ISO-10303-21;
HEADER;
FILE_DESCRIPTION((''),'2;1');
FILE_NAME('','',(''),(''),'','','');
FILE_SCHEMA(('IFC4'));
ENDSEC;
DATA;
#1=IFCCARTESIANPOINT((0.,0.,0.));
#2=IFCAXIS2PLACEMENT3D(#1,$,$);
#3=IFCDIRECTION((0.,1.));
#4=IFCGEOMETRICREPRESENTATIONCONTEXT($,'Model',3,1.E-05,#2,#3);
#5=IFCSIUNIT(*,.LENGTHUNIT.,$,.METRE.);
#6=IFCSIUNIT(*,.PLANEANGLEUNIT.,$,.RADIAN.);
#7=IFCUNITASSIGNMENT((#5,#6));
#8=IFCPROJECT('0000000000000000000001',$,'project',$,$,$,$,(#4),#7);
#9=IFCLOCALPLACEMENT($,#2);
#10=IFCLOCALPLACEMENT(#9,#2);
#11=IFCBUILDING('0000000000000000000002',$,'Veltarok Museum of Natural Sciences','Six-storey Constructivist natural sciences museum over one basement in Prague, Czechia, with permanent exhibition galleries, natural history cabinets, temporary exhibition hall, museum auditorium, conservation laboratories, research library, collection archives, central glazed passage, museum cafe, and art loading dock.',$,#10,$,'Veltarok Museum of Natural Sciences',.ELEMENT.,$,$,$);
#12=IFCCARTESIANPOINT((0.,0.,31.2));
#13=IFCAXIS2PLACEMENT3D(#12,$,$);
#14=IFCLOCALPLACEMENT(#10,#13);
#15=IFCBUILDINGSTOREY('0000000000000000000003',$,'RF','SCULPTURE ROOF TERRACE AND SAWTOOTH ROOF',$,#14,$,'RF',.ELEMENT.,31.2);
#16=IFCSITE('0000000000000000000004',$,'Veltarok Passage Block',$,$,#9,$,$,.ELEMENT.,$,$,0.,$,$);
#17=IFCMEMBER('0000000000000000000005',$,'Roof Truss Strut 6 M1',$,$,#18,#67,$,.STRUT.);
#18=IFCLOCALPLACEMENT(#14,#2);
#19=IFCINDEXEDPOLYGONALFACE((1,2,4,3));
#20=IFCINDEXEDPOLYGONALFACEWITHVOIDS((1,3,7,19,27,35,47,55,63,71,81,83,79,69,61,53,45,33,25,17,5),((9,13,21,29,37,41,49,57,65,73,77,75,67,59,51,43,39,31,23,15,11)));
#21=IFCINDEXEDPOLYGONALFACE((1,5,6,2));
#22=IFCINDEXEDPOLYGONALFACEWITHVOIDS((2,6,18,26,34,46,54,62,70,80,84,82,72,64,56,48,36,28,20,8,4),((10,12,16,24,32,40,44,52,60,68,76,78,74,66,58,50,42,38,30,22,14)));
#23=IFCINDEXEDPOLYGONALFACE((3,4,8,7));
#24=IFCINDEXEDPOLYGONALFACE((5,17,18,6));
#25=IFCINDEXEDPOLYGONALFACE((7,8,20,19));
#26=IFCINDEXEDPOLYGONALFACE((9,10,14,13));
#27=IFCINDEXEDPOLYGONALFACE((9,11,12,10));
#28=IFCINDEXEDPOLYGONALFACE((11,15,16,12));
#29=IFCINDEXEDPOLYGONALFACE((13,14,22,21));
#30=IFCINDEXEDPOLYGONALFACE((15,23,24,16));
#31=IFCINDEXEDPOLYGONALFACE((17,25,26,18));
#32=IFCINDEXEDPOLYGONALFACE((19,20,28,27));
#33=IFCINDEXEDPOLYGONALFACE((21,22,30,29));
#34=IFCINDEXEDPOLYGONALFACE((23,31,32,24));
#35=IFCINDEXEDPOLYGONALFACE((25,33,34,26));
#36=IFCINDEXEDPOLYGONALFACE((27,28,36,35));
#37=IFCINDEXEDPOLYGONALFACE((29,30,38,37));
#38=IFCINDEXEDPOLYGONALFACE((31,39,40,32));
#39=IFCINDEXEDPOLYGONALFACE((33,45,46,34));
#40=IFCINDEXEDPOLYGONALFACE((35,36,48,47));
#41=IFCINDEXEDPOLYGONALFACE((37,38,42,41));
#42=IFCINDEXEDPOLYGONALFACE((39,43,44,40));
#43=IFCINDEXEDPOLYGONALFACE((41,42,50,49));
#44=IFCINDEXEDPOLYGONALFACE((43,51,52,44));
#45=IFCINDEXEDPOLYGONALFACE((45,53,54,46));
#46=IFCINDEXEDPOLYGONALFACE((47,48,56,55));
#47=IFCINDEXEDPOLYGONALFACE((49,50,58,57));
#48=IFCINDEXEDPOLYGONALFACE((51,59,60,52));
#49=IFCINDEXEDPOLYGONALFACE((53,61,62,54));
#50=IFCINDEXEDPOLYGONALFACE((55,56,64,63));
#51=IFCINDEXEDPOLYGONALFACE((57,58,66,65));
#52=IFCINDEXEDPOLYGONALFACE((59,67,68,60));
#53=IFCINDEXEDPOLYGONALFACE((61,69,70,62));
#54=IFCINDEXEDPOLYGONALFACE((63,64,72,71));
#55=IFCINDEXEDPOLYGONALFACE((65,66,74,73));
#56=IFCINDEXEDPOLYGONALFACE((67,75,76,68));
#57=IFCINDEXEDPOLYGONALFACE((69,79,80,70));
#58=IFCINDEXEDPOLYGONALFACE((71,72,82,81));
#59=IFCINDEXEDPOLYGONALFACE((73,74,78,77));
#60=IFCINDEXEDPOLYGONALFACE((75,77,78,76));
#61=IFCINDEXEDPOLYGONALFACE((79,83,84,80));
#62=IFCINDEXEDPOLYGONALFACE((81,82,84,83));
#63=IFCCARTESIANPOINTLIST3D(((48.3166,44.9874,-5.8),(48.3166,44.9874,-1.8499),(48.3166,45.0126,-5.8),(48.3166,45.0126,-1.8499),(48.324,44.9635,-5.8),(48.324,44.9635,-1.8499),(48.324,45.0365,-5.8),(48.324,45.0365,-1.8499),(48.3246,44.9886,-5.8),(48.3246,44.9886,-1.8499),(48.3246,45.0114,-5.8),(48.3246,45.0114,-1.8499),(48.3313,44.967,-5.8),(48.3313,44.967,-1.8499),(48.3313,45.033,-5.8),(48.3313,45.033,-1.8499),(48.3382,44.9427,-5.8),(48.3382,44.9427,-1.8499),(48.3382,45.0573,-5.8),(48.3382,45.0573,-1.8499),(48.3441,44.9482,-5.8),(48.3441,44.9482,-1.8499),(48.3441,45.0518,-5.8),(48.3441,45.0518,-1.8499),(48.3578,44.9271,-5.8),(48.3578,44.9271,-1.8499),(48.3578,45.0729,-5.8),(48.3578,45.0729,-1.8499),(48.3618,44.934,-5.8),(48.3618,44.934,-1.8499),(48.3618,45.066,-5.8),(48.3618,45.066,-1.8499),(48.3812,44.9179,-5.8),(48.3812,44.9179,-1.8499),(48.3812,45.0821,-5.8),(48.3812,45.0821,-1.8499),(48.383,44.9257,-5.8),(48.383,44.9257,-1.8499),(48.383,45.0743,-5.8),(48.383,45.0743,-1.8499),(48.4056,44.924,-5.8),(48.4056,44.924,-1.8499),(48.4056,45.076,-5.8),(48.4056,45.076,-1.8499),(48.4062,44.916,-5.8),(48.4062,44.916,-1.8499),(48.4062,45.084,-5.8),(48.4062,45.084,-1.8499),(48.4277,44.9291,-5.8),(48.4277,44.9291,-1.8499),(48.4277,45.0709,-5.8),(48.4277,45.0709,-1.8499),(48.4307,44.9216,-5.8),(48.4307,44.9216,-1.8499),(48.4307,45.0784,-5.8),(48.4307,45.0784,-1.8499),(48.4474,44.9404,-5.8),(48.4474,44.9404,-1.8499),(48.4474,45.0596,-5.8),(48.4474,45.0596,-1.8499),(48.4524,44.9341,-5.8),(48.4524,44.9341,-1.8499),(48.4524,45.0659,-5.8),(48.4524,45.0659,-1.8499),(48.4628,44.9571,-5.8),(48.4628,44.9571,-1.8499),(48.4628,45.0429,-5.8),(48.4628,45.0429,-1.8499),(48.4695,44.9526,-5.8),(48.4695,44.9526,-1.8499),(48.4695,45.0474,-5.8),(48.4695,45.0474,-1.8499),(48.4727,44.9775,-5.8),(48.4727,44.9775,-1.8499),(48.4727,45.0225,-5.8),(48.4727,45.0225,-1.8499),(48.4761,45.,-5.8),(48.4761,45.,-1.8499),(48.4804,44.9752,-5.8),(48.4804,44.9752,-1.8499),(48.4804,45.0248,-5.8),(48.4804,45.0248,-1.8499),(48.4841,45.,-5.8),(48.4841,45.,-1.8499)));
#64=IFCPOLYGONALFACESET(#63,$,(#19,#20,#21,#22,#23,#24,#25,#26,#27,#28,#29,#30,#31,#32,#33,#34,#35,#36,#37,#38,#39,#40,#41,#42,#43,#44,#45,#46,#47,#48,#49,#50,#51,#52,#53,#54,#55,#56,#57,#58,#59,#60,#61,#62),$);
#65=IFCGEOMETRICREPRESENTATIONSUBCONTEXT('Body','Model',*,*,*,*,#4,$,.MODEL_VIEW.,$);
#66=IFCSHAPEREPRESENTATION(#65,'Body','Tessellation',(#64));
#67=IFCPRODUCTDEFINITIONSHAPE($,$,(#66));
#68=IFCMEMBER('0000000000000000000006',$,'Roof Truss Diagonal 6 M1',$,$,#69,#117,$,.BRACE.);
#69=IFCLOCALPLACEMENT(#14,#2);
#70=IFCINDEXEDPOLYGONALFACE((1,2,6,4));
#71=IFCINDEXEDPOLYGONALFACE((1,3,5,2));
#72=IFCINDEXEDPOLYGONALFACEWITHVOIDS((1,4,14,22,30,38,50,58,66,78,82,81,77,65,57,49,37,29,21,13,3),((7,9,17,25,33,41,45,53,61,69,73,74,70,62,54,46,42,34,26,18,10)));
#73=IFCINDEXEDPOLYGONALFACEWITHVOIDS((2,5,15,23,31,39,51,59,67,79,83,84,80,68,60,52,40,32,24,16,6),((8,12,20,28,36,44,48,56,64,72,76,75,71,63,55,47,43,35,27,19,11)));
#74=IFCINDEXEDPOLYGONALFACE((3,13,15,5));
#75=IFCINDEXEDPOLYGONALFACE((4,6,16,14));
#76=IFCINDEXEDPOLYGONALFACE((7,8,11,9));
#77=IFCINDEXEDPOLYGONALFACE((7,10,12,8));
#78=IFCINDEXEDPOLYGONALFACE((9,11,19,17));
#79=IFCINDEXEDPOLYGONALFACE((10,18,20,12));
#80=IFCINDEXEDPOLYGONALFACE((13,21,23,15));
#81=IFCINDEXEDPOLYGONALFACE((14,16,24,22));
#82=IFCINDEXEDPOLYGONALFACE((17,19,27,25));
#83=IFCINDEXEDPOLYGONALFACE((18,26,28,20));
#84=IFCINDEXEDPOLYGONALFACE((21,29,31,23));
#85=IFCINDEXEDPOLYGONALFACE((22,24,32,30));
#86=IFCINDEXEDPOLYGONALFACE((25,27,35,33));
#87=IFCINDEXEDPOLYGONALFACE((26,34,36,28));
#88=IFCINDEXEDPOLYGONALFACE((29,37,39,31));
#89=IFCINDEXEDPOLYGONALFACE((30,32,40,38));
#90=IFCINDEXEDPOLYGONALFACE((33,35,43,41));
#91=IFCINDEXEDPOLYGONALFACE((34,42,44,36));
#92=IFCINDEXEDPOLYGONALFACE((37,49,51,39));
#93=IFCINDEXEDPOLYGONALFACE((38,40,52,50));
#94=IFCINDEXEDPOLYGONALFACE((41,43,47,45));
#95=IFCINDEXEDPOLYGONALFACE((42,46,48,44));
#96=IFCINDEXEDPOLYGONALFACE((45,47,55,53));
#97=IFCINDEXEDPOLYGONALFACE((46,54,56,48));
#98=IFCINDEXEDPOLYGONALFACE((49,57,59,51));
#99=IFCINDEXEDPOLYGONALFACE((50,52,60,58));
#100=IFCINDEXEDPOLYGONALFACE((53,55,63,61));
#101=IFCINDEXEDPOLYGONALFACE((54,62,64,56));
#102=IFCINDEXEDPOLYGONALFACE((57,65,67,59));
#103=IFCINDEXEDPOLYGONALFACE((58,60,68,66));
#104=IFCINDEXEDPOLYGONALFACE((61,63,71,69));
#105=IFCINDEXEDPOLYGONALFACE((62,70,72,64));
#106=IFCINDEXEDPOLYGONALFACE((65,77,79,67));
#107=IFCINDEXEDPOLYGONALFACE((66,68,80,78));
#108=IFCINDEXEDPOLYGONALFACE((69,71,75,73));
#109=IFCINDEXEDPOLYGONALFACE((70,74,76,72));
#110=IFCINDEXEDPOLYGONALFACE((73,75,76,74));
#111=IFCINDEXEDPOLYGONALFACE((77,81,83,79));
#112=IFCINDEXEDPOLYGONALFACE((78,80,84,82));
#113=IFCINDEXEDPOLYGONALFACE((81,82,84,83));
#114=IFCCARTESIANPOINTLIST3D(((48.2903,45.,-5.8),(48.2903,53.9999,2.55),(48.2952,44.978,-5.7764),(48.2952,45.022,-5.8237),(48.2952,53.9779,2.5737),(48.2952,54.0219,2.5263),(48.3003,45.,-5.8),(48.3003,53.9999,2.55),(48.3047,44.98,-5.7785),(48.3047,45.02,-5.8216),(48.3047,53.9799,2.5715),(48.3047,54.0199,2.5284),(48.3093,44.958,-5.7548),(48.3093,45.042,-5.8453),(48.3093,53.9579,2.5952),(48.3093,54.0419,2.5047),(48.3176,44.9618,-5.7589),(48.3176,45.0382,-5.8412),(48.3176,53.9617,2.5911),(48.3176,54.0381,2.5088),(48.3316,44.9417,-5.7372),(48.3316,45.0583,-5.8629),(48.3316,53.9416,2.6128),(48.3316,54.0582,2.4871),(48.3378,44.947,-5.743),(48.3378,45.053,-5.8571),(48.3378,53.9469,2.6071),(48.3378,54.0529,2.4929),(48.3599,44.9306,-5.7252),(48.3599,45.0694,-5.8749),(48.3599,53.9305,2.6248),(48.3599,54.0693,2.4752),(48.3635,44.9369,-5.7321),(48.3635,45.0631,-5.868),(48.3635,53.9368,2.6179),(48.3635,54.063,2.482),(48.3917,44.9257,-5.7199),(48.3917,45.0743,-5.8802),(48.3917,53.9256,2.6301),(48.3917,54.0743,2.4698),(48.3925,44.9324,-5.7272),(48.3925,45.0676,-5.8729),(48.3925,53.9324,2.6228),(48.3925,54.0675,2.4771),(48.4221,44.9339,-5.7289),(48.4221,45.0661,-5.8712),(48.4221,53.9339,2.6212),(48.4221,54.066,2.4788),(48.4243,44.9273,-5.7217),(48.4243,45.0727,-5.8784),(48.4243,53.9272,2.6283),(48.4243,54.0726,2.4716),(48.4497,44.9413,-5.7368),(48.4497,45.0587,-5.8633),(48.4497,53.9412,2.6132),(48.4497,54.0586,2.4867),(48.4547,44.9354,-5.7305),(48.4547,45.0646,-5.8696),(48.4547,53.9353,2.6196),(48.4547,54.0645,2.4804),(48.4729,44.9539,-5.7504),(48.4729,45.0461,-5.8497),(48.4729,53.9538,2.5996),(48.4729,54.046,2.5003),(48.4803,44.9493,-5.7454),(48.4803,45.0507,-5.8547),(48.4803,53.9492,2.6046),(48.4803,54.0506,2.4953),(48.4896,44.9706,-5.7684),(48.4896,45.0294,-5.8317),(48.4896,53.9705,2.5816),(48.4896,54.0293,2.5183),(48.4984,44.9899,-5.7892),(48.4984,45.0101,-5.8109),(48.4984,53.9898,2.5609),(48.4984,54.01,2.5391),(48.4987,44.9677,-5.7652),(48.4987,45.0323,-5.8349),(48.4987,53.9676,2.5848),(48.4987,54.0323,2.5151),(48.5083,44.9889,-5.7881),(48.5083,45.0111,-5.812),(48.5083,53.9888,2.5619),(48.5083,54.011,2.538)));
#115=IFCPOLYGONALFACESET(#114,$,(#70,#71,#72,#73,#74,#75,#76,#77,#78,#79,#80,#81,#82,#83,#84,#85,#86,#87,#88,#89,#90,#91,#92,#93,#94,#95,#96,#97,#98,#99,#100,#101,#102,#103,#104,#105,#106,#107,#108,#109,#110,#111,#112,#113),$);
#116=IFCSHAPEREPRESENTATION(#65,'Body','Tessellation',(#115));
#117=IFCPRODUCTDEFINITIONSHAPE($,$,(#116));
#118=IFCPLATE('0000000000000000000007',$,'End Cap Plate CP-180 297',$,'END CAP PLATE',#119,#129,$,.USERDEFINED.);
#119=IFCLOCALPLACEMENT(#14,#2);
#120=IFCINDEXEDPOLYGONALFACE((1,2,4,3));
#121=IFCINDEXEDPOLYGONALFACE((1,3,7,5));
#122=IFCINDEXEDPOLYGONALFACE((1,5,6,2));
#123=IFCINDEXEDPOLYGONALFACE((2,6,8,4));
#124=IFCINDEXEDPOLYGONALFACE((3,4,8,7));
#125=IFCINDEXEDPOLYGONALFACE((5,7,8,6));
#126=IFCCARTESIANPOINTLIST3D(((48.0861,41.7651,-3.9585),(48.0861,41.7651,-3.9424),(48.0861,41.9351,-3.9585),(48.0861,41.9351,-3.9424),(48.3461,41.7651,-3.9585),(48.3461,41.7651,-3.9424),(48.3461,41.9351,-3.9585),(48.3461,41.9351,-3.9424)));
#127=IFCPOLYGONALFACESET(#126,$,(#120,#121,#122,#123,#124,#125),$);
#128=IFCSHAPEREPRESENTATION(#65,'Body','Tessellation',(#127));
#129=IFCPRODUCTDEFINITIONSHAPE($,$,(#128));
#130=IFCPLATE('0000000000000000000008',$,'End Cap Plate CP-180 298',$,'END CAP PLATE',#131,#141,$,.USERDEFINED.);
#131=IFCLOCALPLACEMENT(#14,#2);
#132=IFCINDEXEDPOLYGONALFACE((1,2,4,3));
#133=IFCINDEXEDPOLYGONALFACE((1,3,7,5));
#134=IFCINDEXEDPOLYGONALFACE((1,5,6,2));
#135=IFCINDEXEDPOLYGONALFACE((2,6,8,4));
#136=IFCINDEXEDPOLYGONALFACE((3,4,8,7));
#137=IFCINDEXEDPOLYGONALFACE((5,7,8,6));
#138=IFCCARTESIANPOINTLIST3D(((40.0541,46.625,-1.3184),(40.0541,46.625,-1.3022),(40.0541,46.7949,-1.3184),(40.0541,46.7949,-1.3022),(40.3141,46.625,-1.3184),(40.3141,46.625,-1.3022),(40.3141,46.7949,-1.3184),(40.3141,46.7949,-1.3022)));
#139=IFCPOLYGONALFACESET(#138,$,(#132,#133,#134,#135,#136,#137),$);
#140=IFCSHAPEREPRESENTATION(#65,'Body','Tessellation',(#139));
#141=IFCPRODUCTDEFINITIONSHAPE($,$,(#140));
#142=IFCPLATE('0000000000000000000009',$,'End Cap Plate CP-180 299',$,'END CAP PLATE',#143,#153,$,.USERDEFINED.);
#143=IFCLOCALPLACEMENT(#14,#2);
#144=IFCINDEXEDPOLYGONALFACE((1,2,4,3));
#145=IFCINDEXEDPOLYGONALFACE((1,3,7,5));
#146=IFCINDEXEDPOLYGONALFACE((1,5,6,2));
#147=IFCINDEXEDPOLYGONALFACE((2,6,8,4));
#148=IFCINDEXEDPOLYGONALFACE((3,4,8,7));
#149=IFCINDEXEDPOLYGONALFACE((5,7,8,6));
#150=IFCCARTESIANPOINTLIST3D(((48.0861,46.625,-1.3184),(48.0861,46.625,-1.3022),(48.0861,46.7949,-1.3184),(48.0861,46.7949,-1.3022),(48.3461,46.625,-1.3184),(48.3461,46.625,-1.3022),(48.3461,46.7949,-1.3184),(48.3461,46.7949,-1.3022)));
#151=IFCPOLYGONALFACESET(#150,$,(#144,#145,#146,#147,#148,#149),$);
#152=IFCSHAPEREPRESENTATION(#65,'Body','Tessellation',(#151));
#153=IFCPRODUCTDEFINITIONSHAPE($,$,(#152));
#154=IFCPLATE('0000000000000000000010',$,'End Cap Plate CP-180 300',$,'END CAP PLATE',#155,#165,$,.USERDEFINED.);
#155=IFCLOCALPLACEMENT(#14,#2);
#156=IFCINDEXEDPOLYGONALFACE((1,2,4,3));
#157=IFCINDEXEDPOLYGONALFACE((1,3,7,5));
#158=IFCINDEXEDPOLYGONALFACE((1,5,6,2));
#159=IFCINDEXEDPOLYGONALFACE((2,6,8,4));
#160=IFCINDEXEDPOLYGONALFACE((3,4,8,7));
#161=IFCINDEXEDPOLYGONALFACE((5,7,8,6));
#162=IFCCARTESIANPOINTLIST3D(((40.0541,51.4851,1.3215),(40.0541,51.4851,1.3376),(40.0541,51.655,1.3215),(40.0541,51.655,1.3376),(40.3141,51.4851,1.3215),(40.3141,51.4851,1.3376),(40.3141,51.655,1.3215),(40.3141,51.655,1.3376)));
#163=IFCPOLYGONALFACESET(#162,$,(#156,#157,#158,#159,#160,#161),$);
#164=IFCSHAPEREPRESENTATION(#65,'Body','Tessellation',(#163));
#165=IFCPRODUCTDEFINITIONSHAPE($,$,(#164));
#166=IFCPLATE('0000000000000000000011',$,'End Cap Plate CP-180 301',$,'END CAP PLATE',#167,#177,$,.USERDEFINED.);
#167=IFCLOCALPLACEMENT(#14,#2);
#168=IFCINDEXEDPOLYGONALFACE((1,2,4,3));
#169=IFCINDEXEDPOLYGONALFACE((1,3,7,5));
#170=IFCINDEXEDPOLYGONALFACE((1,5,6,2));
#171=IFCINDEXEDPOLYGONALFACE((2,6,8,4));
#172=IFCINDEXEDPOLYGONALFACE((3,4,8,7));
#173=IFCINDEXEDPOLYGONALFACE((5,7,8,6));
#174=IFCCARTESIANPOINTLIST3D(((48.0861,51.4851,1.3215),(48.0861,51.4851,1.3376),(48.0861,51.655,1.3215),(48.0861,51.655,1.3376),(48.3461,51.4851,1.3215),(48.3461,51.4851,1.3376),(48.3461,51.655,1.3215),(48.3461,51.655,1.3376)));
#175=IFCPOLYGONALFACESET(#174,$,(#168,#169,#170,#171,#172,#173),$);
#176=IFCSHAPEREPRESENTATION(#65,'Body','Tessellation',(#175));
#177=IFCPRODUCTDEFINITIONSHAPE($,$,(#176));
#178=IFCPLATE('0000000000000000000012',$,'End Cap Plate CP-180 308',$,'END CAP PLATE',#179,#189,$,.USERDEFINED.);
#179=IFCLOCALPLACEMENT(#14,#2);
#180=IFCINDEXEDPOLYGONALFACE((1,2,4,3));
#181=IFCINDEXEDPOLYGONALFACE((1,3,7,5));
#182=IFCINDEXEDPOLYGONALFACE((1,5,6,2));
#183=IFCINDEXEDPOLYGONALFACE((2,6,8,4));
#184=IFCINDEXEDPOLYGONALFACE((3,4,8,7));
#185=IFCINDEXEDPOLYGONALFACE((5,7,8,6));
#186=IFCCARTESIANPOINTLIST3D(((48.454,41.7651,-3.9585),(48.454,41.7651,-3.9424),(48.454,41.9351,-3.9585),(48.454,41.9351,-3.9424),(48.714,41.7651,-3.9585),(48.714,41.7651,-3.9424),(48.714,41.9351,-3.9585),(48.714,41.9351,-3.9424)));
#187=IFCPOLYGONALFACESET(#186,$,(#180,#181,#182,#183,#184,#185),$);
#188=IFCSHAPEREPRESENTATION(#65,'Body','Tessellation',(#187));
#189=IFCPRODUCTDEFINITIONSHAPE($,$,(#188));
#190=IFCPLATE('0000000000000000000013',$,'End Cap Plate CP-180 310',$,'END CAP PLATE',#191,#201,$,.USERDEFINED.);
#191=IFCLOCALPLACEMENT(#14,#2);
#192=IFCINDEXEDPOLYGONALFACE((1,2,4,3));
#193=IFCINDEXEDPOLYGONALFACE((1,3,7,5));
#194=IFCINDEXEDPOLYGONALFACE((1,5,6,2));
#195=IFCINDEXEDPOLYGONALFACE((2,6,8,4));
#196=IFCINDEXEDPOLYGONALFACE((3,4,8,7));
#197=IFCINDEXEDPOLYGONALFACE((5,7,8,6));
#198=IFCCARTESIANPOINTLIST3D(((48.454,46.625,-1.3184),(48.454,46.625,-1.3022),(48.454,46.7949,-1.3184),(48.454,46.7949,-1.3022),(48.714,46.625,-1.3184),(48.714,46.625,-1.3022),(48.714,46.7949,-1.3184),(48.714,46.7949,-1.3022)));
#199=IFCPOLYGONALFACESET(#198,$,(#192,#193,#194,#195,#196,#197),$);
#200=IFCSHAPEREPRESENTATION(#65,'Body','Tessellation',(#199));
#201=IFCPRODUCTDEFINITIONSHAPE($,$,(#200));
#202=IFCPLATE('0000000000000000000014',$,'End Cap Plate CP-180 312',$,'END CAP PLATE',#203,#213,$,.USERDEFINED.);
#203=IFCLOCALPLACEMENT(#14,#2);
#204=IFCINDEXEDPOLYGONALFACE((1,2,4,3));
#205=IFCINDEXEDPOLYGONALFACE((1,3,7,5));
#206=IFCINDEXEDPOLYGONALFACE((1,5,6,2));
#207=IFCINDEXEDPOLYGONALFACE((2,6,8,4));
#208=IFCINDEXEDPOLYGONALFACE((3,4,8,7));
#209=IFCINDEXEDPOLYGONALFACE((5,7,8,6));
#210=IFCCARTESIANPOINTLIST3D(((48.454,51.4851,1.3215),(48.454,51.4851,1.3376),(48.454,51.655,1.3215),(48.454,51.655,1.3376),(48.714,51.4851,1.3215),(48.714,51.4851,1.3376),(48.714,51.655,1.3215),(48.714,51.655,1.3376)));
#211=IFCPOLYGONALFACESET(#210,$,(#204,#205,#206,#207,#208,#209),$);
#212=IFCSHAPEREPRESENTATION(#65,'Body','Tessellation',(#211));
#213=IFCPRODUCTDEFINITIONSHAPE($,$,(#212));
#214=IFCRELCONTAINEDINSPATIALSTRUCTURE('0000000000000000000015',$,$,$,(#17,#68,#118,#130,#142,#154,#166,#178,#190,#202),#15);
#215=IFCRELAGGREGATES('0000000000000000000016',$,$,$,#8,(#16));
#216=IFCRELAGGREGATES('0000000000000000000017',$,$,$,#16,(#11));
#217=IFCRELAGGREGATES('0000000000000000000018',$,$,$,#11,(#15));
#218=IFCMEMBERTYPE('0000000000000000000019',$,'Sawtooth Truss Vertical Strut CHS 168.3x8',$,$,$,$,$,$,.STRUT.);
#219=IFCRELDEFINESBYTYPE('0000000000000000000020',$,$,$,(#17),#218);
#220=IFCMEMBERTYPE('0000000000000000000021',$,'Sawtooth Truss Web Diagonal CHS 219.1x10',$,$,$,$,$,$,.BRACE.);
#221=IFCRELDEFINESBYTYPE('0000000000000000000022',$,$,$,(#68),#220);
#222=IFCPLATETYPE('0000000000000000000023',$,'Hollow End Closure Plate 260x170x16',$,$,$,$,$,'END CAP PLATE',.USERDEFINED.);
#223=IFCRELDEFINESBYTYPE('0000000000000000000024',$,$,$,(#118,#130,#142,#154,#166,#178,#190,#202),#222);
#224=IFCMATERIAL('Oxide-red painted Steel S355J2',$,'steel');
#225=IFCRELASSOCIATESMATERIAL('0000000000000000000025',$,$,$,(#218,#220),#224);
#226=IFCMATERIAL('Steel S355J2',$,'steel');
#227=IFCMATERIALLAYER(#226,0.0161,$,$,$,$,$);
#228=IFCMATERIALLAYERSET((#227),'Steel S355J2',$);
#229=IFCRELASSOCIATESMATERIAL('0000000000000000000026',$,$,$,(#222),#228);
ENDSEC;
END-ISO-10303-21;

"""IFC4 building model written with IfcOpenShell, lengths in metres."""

from ifc_helpers import new_model, si_unit, direction, frame, origin, origin_2d, place, context, subcontext, project, spatial, rectangle, hollow_circle, extrude, material, layer, layer_set, material_profile, profile_set, type_object, element, save


model = new_model("IFC4")

# Units and contexts
model_context = context("Model", 3, precision=1e-05, world=origin(), true_north=direction((0.0, 1.0)))
body_context = subcontext(model_context, "Body", "Model", "MODEL_VIEW")
ifc_project = project(units=[si_unit("LENGTHUNIT", "METRE"), si_unit("PLANEANGLEUNIT", "RADIAN")], contexts=[model_context])

# Site, building, storey
site_placement = place(None, origin())
site = spatial("IfcSite", under=ifc_project, at=site_placement, Name="Veltarok Passage Block", CompositionType="ELEMENT", RefElevation=0.0)
building_placement = place(site_placement, origin())
building = spatial("IfcBuilding", under=site, at=building_placement, Name="Veltarok Museum of Natural Sciences", Description="Six-storey Constructivist natural sciences museum over one basement in Prague, Czechia, with permanent exhibition galleries, natural history cabinets, temporary exhibition hall, museum auditorium, conservation laboratories, research library, collection archives, central glazed passage, museum cafe, and art loading dock.", LongName="Veltarok Museum of Natural Sciences", CompositionType="ELEMENT")
storey_placement = place(building_placement, frame((0.0, 0.0, 31.2)))
storey = spatial("IfcBuildingStorey", under=building, at=storey_placement, Name="RF", Description="SCULPTURE ROOF TERRACE AND SAWTOOTH ROOF", LongName="RF", CompositionType="ELEMENT", Elevation=31.2)

# Shared definitions
ifc_material_1 = material(Name="Steel S355J2", Category="steel")

# Members
ifc_material_2 = material(Name="Oxide-red painted Steel S355J2", Category="steel")
ifc_material_profile_1 = material_profile(ifc_material_2, hollow_circle(Radius=0.0842, WallThickness=0.0081, at=origin_2d()), Name="CHS 168.3x8")
ifc_profile_set_1 = profile_set([ifc_material_profile_1], Name="Oxide-red painted Steel S355J2")
member_type_1 = type_object("IfcMemberType", Name="Sawtooth Truss Vertical Strut CHS 168.3x8", PredefinedType="STRUT", material=ifc_profile_set_1)
member_1_placement = place(storey_placement, frame((48.3999, 45.0, -5.8), z_axis=(0.0, 0.0, 1.0), x_axis=(1.0, 0.0, 0.0)))
element("IfcMember", 1, at=member_1_placement, inside=storey, type_object=member_type_1, Name="Roof Truss Strut 6 M1", PredefinedType="STRUT", context=body_context, shape_type="SweptSolid", body=[
    extrude(hollow_circle(Radius=0.0842, WallThickness=0.0081, at=origin_2d()), origin(), (0.0, 0.0, 1.0), 3.9502),
])
ifc_material_profile_2 = material_profile(ifc_material_2, hollow_circle(Radius=0.1096, WallThickness=0.01, at=origin_2d()), Name="CHS 219.1x10")
ifc_profile_set_2 = profile_set([ifc_material_profile_2], Name="Oxide-red painted Steel S355J2")
member_type_2 = type_object("IfcMemberType", Name="Sawtooth Truss Web Diagonal CHS 219.1x10", PredefinedType="BRACE", material=ifc_profile_set_2)
member_2_placement = place(storey_placement, frame((48.3999, 45.0, -5.8), z_axis=(0.0, 0.73308, 0.680143), x_axis=(-1.0, 0.0, 0.0)))
element("IfcMember", 2, at=member_2_placement, inside=storey, type_object=member_type_2, Name="Roof Truss Diagonal 6 M1", PredefinedType="BRACE", context=body_context, shape_type="SweptSolid", body=[
    extrude(hollow_circle(Radius=0.1096, WallThickness=0.01, at=origin_2d()), origin(), (0.0, 0.0, 1.0), 12.2769),
])

# Plates
ifc_layer_1 = layer(ifc_material_1, 0.0161)
ifc_layer_set_1 = layer_set([ifc_layer_1], Name="Steel S355J2")
plate_type_1 = type_object("IfcPlateType", Name="Hollow End Closure Plate 260x170x16", ElementType="END CAP PLATE", PredefinedType="USERDEFINED", material=ifc_layer_set_1)
for number, where, z_axis, x_axis, name in (
    (3, (48.2161, 41.8501, -3.9585), (0.0, 0.0, 1.0), (1.0, 0.0, 0.0), "End Cap Plate CP-180 297"),
    (4, (40.1841, 46.71, -1.3184), (0.0, 0.0, 1.0), (1.0, 0.0, 0.0), "End Cap Plate CP-180 298"),
    (5, (48.2161, 46.71, -1.3184), (0.0, 0.0, 1.0), (1.0, 0.0, 0.0), "End Cap Plate CP-180 299"),
    (6, (40.1841, 51.5701, 1.3215), (0.0, 0.0, 1.0), (1.0, 0.0, 0.0), "End Cap Plate CP-180 300"),
    (7, (48.2161, 51.5701, 1.3215), (0.0, 0.0, 1.0), (1.0, 0.0, 0.0), "End Cap Plate CP-180 301"),
    (8, (48.584, 41.8501, -3.9585), (0.0, 0.0, 1.0), (1.0, 0.0, 0.0), "End Cap Plate CP-180 308"),
    (9, (48.584, 46.71, -1.3184), (0.0, 0.0, 1.0), (1.0, 0.0, 0.0), "End Cap Plate CP-180 310"),
    (10, (48.584, 51.5701, 1.3215), (0.0, 0.0, 1.0), (1.0, 0.0, 0.0), "End Cap Plate CP-180 312"),
):
    element("IfcPlate", number, at=place(storey_placement, frame(where, z_axis=z_axis, x_axis=x_axis)), inside=storey, type_object=plate_type_1, Name=name, ObjectType="END CAP PLATE", PredefinedType="USERDEFINED", context=body_context, shape_type="SweptSolid", body=[
        extrude(rectangle(XDim=0.26, YDim=0.1699, at=origin_2d()), origin(), (0.0, 0.0, 1.0), 0.0161),
    ])

save(model, "model.ifc")
